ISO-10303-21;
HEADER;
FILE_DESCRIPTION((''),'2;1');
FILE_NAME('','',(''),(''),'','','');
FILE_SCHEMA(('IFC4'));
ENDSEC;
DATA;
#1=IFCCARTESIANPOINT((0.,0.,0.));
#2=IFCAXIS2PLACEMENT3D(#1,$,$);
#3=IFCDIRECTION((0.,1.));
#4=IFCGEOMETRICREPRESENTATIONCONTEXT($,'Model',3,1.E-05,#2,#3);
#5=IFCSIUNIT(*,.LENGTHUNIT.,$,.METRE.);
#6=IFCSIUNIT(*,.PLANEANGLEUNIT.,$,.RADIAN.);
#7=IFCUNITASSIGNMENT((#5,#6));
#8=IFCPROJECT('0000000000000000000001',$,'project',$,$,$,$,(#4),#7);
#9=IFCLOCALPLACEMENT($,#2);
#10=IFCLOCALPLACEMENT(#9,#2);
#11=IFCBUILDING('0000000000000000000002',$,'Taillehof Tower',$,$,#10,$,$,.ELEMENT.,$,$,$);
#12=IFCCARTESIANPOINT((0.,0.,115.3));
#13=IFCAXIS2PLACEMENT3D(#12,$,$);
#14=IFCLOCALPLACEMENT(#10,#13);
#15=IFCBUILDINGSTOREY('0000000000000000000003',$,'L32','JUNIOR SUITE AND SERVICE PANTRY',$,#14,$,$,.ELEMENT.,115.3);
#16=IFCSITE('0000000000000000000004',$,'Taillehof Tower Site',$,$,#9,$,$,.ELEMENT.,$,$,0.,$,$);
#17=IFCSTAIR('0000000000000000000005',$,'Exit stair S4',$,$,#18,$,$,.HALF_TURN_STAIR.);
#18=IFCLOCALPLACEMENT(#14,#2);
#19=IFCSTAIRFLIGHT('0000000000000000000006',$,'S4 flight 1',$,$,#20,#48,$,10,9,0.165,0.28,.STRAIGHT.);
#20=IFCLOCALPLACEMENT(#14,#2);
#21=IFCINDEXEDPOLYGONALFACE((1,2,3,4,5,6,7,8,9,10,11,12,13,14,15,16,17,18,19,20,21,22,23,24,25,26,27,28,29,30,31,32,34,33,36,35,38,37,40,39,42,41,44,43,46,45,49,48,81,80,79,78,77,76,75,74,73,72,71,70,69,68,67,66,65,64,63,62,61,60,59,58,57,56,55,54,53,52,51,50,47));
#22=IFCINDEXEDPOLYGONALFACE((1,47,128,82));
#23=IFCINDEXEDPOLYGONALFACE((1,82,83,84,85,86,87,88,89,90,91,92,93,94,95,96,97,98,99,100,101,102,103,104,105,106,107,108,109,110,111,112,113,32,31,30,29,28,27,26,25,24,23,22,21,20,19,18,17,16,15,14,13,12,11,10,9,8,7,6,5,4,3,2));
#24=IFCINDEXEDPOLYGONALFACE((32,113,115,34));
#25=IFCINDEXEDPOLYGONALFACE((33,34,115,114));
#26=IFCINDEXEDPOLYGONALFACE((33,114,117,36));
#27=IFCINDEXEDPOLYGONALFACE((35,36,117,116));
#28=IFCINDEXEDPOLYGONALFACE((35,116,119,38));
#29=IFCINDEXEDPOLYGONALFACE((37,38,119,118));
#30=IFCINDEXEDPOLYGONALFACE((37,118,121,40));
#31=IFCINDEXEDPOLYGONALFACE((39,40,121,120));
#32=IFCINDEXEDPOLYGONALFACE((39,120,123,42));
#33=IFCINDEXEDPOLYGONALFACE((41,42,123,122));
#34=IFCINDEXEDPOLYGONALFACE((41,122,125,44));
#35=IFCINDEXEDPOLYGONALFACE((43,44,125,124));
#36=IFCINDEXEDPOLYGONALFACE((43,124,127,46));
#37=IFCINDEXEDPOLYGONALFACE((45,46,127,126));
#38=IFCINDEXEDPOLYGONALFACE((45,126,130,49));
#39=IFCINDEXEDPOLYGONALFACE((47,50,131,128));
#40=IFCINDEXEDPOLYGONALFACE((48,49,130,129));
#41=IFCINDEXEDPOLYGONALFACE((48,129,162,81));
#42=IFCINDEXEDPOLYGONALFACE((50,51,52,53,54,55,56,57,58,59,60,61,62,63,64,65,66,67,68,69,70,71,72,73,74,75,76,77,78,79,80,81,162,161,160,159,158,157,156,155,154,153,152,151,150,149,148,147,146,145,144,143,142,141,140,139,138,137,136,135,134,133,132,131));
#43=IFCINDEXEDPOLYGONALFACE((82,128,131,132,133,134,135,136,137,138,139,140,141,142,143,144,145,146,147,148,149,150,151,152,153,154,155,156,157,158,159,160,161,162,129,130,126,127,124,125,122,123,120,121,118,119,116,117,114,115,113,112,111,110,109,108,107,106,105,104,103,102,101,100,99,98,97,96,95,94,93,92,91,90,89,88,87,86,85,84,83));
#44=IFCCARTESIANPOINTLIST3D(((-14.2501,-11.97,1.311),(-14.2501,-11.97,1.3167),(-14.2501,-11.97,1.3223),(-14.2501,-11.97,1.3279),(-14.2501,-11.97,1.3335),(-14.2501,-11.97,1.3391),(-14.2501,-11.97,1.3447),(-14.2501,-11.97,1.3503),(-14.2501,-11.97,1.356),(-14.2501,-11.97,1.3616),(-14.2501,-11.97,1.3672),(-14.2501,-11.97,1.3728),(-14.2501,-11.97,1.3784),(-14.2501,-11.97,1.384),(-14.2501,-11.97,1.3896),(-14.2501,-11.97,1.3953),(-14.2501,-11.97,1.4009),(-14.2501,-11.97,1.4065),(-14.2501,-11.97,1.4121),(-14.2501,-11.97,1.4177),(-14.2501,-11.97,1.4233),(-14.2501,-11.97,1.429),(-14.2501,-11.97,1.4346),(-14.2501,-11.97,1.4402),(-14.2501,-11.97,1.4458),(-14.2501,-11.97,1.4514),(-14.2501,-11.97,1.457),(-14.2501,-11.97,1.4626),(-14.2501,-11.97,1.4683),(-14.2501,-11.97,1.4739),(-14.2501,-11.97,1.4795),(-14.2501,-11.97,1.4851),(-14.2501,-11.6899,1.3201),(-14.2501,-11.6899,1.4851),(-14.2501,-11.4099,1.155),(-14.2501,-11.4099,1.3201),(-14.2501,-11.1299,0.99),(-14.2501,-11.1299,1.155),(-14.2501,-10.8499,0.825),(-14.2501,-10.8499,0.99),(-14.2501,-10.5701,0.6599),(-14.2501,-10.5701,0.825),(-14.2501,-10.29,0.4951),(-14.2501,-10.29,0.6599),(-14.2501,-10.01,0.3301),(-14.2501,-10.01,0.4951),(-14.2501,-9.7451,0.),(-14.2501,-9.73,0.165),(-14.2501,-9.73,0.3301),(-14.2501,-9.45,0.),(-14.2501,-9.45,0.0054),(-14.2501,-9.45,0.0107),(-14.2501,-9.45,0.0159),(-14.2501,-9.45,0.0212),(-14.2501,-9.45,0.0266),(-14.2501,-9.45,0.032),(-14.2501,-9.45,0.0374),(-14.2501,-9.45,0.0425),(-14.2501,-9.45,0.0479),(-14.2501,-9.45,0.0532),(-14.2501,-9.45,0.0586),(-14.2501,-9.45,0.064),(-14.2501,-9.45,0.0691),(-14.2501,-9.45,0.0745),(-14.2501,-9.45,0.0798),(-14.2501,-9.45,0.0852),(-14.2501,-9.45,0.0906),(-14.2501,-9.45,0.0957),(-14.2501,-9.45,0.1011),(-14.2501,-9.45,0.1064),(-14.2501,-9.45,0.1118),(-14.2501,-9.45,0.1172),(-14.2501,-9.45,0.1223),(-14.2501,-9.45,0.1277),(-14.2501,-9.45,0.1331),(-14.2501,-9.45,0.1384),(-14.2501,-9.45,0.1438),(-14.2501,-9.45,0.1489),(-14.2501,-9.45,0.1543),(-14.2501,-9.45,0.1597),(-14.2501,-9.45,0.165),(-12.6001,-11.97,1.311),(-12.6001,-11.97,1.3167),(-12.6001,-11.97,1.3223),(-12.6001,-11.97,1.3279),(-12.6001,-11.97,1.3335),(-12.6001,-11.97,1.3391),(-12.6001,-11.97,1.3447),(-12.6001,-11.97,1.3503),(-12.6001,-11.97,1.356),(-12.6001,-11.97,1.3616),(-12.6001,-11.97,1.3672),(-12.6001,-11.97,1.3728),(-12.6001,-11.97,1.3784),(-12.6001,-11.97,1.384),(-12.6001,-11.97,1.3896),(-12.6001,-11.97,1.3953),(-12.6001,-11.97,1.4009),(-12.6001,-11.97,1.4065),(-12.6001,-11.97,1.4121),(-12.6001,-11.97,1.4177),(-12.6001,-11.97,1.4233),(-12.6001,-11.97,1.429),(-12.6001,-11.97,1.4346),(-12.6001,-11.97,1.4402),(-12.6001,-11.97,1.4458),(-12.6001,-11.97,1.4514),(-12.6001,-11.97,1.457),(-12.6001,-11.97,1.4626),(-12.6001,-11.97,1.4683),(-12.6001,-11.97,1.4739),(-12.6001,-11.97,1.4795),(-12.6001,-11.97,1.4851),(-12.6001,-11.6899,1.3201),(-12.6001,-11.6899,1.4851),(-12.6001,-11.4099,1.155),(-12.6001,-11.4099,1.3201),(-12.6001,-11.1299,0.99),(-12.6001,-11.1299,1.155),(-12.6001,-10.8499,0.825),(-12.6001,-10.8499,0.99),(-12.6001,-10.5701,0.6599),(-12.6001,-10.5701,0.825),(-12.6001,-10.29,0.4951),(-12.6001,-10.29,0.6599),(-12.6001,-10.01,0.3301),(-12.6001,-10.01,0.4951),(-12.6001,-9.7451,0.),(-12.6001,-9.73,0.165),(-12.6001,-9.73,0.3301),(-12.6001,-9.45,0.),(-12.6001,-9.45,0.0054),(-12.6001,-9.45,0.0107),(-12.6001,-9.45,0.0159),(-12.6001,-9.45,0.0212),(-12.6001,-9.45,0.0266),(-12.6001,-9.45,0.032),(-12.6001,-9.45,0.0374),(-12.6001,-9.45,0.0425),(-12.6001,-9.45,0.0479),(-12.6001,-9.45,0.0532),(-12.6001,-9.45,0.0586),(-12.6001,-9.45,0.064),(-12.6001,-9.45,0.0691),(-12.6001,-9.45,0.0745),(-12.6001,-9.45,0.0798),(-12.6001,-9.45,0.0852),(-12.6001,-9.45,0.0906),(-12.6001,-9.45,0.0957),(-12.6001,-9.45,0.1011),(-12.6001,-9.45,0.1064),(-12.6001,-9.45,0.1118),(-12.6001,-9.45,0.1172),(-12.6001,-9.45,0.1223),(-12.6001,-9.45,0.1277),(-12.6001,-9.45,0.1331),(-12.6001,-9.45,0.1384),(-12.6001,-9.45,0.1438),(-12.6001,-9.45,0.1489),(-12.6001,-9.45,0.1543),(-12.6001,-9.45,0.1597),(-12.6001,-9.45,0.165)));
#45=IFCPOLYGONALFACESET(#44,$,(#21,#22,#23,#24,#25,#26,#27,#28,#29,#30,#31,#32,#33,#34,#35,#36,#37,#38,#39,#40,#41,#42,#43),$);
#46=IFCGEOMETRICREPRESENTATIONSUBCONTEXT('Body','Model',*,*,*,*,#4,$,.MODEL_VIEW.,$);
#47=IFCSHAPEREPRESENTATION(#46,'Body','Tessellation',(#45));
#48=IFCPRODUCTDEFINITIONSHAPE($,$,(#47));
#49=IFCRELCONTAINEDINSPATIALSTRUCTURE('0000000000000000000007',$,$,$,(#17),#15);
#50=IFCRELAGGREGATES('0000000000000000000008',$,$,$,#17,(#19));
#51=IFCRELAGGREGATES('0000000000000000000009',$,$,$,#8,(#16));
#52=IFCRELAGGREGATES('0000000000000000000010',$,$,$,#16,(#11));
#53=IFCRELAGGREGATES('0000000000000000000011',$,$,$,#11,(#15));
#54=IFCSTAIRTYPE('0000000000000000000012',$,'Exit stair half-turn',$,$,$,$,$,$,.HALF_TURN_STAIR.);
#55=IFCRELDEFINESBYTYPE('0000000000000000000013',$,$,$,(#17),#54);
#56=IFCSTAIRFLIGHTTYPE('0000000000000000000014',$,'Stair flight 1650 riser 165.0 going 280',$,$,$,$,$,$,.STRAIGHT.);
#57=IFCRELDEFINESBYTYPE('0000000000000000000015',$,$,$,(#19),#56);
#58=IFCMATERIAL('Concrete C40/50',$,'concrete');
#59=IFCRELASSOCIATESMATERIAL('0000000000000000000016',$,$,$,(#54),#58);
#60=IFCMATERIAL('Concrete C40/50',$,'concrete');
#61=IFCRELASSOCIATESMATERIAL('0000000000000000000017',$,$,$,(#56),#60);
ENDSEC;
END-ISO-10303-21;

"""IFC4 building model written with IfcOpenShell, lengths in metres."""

from ifc_helpers import new_model, si_unit, direction, frame, origin, place, context, subcontext, project, spatial, polyline, outline, extrude, material, type_object, element, aggregate, save


model = new_model("IFC4")

# Units and contexts
model_context = context("Model", 3, precision=1e-05, world=origin(), true_north=direction((0.0, 1.0)))
body_context = subcontext(model_context, "Body", "Model", "MODEL_VIEW")
ifc_project = project(units=[si_unit("LENGTHUNIT", "METRE"), si_unit("PLANEANGLEUNIT", "RADIAN")], contexts=[model_context])

# Site, building, storey
site_placement = place(None, origin())
site = spatial("IfcSite", under=ifc_project, at=site_placement, Name="Taillehof Tower Site", CompositionType="ELEMENT", RefElevation=0.0)
building_placement = place(site_placement, origin())
building = spatial("IfcBuilding", under=site, at=building_placement, Name="Taillehof Tower", CompositionType="ELEMENT")
storey_placement = place(building_placement, frame((0.0, 0.0, 115.3)))
storey = spatial("IfcBuildingStorey", under=building, at=storey_placement, Name="L32", Description="JUNIOR SUITE AND SERVICE PANTRY", CompositionType="ELEMENT", Elevation=115.3)

# Stair, stair flight
ifc_material_1 = material(Name="Concrete C40/50", Category="concrete")
stair_type = type_object("IfcStairType", Name="Exit stair half-turn", PredefinedType="HALF_TURN_STAIR", material=ifc_material_1)
stair_placement = place(storey_placement, origin())
stair = element("IfcStair", 1, at=stair_placement, inside=storey, type_object=stair_type, Name="Exit stair S4", PredefinedType="HALF_TURN_STAIR")
ifc_material_2 = material(Name="Concrete C40/50", Category="concrete")
stair_flight_type = type_object("IfcStairFlightType", Name="Stair flight 1650 riser 165.0 going 280", PredefinedType="STRAIGHT", material=ifc_material_2)
stair_flight_placement = place(storey_placement, frame((-13.425, -9.45, 0.0), z_axis=(0.0, 0.0, 1.0), x_axis=(0.0, -1.0, 0.0)))
stair_flight = element("IfcStairFlight", 2, at=stair_flight_placement, type_object=stair_flight_type, Name="S4 flight 1", NumberOfRisers=10, NumberOfTreads=9, PredefinedType="STRAIGHT", RiserHeight=0.165, TreadLength=0.28, context=body_context, shape_type="SweptSolid", body=[
    extrude(outline(polyline([(0.0, 0.0), (0.0, 0.0054), (0.0, 0.0107), (0.0, 0.0159), (0.0, 0.0212), (0.0, 0.0266), (0.0, 0.032), (0.0, 0.0374), (0.0, 0.0425), (0.0, 0.0479), (0.0, 0.0532), (0.0, 0.0586), (0.0, 0.064), (0.0, 0.0691), (0.0, 0.0745), (0.0, 0.0798), (0.0, 0.0852), (0.0, 0.0906), (0.0, 0.0957), (0.0, 0.1011), (0.0, 0.1064), (0.0, 0.1118), (0.0, 0.1172), (0.0, 0.1223), (0.0, 0.1277), (0.0, 0.1331), (0.0, 0.1384), (0.0, 0.1438), (0.0, 0.1489), (0.0, 0.1543), (0.0, 0.1597), (0.0, 0.165), (0.28, 0.165), (0.28, 0.3301), (0.5601, 0.3301), (0.5601, 0.4951), (0.8401, 0.4951), (0.8401, 0.6599), (1.1201, 0.6599), (1.1201, 0.825), (1.3999, 0.825), (1.3999, 0.99), (1.6799, 0.99), (1.6799, 1.155), (1.96, 1.155), (1.96, 1.3201), (2.24, 1.3201), (2.24, 1.4851), (2.52, 1.4851), (2.52, 1.4795), (2.52, 1.4739), (2.52, 1.4683), (2.52, 1.4626), (2.52, 1.457), (2.52, 1.4514), (2.52, 1.4458), (2.52, 1.4402), (2.52, 1.4346), (2.52, 1.429), (2.52, 1.4233), (2.52, 1.4177), (2.52, 1.4121), (2.52, 1.4065), (2.52, 1.4009), (2.52, 1.3953), (2.52, 1.3896), (2.52, 1.384), (2.52, 1.3784), (2.52, 1.3728), (2.52, 1.3672), (2.52, 1.3616), (2.52, 1.356), (2.52, 1.3503), (2.52, 1.3447), (2.52, 1.3391), (2.52, 1.3335), (2.52, 1.3279), (2.52, 1.3223), (2.52, 1.3167), (2.52, 1.311), (0.2952, 0.0), (0.0, 0.0)])), frame((0.0, 0.825, 0.0), z_axis=(0.0, -1.0, 0.0), x_axis=(1.0, 0.0, 0.0)), (0.0, 0.0, 1.0), 1.65),
])
aggregate(stair, [stair_flight])

save(model, "model.ifc")
